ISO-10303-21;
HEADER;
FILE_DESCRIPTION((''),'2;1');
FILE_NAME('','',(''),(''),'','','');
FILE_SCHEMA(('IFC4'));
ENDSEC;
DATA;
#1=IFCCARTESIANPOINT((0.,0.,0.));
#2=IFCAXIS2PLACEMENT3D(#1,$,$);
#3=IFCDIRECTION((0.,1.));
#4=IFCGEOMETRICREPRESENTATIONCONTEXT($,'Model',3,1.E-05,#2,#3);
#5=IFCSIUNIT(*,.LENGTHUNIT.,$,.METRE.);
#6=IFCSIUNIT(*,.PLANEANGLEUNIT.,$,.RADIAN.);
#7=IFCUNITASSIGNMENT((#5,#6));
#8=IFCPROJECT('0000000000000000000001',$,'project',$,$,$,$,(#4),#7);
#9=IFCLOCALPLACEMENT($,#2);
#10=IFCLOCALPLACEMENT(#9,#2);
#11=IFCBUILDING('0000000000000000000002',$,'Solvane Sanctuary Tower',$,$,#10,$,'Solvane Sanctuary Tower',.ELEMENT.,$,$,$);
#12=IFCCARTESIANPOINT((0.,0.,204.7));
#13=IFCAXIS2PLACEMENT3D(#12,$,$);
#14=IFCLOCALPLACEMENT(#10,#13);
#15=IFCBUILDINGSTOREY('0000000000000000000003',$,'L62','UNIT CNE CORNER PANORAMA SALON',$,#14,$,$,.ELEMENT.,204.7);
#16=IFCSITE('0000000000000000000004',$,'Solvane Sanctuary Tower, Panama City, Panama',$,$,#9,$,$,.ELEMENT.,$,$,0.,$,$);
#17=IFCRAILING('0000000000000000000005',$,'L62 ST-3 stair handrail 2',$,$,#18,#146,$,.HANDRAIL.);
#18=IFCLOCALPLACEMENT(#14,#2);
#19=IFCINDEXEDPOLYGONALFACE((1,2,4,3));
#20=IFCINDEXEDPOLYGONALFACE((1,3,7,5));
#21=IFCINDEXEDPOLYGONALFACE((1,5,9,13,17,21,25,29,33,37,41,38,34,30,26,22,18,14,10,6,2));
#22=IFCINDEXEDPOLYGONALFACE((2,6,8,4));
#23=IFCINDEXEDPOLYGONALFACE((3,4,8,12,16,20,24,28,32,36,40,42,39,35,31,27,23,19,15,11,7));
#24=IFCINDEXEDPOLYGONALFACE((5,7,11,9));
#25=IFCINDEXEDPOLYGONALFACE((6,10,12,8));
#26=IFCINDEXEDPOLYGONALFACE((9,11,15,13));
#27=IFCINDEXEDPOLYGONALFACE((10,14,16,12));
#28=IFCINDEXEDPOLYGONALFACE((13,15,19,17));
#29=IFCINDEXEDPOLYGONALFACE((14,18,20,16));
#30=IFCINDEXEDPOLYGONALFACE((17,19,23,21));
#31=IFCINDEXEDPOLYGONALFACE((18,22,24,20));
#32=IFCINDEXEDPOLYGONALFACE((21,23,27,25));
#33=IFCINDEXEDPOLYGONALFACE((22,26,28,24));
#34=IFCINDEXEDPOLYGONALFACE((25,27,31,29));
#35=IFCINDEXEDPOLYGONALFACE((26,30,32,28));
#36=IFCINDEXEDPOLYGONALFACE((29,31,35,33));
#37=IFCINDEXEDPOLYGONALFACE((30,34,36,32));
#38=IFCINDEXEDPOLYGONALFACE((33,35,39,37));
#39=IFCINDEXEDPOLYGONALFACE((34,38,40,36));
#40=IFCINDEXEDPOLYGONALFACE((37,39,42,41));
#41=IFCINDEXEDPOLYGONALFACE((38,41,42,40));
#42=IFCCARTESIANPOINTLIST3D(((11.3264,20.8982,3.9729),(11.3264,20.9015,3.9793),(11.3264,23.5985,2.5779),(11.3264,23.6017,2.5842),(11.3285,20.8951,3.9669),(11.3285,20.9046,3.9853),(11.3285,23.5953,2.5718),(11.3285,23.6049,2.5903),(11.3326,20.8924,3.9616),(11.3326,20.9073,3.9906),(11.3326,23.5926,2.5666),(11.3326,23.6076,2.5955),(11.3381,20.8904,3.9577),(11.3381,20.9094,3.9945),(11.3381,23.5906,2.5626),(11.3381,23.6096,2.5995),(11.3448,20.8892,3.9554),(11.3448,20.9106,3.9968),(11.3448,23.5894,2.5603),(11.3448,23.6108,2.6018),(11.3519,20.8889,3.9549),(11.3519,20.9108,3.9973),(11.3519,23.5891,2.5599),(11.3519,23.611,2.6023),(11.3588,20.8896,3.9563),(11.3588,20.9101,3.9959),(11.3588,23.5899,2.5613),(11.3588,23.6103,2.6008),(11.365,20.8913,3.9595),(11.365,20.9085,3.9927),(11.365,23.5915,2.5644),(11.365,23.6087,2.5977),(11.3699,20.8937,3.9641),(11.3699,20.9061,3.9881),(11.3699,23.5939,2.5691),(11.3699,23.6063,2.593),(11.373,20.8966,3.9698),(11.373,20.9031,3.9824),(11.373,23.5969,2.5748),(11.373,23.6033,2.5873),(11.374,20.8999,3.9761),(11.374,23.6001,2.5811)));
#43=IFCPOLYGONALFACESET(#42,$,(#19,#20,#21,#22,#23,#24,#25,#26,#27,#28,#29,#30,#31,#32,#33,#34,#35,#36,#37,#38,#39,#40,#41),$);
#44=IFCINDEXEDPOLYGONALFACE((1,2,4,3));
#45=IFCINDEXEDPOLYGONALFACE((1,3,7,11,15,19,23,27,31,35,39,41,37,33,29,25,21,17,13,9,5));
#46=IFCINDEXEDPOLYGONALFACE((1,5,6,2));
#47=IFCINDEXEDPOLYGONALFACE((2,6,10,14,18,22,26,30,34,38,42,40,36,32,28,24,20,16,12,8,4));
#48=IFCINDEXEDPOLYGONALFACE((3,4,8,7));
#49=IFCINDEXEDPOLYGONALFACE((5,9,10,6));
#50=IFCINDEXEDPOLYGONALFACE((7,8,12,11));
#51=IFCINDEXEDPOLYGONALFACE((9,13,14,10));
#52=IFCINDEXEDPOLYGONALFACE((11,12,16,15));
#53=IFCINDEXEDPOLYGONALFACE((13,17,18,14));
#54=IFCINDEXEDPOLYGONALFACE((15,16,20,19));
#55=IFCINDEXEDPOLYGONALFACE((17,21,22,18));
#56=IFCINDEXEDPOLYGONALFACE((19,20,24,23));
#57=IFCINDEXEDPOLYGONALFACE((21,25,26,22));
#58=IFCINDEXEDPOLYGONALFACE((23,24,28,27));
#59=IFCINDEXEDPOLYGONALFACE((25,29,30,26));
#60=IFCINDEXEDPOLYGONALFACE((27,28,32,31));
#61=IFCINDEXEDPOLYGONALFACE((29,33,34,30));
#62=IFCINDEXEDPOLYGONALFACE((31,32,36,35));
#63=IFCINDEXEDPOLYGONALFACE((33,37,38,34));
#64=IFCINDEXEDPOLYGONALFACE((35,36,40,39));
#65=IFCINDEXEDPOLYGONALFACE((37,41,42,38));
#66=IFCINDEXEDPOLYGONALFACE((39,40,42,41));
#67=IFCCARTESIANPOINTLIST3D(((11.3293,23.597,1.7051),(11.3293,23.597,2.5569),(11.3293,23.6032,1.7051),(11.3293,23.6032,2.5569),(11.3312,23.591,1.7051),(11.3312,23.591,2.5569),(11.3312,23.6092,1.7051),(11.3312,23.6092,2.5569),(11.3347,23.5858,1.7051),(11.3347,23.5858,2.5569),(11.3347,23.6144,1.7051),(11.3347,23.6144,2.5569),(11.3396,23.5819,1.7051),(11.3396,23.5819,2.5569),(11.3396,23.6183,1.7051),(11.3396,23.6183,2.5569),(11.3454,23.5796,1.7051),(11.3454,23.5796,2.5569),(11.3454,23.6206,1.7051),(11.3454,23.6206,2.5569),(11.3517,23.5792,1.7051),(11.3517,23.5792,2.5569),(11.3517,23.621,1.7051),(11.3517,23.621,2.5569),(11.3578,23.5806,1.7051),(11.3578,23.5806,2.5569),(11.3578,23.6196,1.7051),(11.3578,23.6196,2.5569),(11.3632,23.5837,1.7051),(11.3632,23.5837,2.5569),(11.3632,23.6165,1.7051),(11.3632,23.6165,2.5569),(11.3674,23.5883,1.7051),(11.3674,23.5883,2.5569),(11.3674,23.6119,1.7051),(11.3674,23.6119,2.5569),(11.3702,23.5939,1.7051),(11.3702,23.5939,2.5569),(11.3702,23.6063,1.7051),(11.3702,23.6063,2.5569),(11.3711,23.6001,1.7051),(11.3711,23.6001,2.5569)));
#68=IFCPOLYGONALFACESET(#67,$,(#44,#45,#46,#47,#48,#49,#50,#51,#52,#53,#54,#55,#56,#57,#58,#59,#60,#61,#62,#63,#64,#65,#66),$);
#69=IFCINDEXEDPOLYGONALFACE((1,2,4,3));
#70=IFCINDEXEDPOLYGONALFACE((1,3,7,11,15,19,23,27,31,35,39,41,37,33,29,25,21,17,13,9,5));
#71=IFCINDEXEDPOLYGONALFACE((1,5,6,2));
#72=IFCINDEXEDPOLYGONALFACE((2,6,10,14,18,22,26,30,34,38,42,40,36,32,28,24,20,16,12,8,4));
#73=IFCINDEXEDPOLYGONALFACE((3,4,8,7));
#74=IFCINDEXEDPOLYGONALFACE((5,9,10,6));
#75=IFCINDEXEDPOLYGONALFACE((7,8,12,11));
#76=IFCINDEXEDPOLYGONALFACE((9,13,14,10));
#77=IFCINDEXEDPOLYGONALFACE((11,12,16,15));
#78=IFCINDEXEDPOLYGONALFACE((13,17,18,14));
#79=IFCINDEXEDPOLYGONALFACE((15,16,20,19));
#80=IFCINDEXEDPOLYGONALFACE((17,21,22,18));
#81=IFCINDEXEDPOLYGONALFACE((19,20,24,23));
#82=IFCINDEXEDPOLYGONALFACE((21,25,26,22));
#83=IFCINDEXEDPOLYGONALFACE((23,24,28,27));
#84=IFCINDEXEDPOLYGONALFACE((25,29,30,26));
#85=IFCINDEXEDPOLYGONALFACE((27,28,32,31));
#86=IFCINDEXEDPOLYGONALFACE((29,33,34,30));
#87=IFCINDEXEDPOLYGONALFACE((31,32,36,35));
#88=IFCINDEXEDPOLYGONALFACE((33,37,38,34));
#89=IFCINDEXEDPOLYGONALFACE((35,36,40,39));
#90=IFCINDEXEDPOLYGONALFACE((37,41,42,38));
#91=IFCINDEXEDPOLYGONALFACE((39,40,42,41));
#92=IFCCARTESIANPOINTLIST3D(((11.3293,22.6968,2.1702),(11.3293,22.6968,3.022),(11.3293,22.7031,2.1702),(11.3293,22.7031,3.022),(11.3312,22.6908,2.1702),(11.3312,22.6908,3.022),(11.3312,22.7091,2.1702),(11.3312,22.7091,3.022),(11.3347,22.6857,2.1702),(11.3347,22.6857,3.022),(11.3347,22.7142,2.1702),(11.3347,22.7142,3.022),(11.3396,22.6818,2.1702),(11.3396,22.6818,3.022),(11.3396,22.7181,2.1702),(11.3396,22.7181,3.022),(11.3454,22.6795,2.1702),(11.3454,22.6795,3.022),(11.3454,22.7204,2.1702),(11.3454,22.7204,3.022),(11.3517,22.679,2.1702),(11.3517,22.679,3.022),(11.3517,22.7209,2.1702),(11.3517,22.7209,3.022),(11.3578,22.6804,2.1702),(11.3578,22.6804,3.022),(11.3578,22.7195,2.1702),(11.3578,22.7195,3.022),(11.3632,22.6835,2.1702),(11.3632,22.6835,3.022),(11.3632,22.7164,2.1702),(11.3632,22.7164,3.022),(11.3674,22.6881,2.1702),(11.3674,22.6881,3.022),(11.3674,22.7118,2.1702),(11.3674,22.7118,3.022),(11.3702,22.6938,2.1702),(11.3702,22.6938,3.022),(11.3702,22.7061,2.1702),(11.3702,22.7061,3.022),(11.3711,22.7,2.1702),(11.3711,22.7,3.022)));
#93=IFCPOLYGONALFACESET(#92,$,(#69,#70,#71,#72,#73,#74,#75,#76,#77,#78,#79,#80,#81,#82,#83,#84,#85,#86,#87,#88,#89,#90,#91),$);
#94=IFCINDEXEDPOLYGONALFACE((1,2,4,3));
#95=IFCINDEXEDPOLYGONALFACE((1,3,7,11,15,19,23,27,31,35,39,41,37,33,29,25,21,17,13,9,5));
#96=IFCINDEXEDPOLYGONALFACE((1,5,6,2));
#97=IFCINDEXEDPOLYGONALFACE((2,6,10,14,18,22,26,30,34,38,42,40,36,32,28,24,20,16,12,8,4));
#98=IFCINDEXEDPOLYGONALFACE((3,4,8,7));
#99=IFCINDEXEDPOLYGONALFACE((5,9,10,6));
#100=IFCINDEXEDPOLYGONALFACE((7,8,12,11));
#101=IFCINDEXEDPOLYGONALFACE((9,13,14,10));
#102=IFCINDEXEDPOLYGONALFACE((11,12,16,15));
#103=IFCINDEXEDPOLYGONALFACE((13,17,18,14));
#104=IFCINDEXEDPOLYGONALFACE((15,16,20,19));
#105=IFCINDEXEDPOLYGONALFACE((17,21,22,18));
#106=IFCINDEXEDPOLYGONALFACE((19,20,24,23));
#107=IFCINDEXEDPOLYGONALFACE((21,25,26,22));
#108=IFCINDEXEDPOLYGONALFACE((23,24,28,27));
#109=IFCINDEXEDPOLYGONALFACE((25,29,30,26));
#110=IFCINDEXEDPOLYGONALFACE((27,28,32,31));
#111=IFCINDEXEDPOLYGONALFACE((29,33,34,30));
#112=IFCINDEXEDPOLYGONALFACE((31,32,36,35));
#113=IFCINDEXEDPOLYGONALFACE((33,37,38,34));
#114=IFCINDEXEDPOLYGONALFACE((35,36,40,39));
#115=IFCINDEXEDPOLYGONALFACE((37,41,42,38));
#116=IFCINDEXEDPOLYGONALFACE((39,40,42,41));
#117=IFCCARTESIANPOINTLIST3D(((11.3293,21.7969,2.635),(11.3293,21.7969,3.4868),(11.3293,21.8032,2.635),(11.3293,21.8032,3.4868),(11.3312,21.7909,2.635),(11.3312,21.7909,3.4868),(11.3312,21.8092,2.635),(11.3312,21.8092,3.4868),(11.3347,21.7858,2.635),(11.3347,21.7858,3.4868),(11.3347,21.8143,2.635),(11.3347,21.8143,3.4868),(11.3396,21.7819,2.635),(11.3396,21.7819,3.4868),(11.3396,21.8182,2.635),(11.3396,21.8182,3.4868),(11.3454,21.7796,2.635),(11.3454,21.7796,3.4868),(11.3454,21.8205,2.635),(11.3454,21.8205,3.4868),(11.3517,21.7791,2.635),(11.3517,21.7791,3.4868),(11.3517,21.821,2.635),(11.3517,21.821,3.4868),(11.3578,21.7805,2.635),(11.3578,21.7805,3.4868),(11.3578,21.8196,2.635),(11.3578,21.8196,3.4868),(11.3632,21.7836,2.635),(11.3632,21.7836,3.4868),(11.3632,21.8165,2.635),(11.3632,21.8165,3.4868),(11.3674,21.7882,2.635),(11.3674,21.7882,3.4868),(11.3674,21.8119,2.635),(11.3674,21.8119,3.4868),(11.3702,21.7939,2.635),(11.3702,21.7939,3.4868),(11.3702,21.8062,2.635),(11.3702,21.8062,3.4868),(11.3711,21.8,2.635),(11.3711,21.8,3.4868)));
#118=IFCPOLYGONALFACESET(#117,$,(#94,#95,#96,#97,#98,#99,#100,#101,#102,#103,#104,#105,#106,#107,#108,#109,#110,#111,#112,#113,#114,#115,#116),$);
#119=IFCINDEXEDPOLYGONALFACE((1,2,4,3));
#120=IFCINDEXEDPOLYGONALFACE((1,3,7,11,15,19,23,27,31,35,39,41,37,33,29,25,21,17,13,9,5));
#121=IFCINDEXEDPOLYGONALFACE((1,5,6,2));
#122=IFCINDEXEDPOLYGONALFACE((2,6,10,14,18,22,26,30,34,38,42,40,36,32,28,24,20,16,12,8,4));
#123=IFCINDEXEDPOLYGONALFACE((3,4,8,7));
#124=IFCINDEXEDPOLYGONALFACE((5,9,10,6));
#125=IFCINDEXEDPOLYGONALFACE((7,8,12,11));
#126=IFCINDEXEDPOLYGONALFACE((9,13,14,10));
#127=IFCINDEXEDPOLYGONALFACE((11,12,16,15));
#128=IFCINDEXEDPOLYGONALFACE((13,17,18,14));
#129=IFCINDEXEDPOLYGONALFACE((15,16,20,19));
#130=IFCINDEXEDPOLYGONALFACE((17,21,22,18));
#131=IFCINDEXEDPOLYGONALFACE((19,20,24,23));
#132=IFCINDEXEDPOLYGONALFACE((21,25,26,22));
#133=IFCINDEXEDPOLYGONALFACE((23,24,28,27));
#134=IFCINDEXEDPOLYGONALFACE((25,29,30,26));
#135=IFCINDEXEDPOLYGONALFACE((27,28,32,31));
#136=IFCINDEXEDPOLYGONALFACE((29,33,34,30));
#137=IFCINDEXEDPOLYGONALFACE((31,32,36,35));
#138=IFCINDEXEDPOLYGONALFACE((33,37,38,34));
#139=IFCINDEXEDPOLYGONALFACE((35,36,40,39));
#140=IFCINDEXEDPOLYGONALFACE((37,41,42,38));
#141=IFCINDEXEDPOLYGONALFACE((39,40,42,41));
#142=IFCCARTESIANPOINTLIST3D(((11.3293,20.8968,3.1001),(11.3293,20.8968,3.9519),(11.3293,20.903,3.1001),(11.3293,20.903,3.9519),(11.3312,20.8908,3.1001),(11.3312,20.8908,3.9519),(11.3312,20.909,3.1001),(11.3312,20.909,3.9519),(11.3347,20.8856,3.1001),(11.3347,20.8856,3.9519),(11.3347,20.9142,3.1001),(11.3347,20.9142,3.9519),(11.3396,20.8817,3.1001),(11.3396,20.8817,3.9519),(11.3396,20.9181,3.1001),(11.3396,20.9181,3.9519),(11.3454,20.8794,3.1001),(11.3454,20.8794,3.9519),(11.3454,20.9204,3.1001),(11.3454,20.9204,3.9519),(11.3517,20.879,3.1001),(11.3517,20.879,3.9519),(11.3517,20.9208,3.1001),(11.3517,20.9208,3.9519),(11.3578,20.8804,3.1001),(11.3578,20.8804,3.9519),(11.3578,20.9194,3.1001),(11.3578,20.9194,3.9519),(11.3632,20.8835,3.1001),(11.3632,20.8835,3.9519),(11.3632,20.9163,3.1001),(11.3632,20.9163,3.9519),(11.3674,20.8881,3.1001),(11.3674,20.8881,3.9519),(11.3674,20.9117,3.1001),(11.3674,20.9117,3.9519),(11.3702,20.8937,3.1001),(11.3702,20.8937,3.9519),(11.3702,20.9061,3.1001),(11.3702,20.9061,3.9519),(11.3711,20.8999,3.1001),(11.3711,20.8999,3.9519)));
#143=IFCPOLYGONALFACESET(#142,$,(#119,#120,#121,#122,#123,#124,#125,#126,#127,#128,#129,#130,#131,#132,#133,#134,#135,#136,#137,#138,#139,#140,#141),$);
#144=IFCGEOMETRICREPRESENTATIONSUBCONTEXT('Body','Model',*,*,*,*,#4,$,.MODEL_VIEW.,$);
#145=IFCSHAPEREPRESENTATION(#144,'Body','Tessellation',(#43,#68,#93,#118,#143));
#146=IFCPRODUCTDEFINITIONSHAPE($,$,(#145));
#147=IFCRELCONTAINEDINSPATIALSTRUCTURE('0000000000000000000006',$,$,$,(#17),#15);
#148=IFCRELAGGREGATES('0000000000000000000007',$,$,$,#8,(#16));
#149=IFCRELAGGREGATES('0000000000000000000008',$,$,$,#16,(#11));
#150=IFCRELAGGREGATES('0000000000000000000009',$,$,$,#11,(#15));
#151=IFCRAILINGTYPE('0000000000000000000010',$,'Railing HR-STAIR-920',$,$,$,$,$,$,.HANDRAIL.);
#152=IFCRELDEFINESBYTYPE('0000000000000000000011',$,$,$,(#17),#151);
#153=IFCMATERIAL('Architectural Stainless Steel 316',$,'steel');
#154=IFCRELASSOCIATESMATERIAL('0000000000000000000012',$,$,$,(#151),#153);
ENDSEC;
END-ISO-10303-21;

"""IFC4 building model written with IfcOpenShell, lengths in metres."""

from ifc_helpers import new_model, si_unit, direction, frame, origin, origin_2d, place, context, subcontext, project, spatial, circle, extrude, material, type_object, element, save


model = new_model("IFC4")

# Units and contexts
model_context = context("Model", 3, precision=1e-05, world=origin(), true_north=direction((0.0, 1.0)))
body_context = subcontext(model_context, "Body", "Model", "MODEL_VIEW")
ifc_project = project(units=[si_unit("LENGTHUNIT", "METRE"), si_unit("PLANEANGLEUNIT", "RADIAN")], contexts=[model_context])

# Site, building, storey
site_placement = place(None, origin())
site = spatial("IfcSite", under=ifc_project, at=site_placement, Name="Solvane Sanctuary Tower, Panama City, Panama", CompositionType="ELEMENT", RefElevation=0.0)
building_placement = place(site_placement, origin())
building = spatial("IfcBuilding", under=site, at=building_placement, Name="Solvane Sanctuary Tower", LongName="Solvane Sanctuary Tower", CompositionType="ELEMENT")
storey_placement = place(building_placement, frame((0.0, 0.0, 204.7)))
storey = spatial("IfcBuildingStorey", under=building, at=storey_placement, Name="L62", Description="UNIT CNE CORNER PANORAMA SALON", CompositionType="ELEMENT", Elevation=204.7)

# Railing
ifc_material_1 = material(Name="Architectural Stainless Steel 316", Category="steel")
railing_type_1 = type_object("IfcRailingType", Name="Railing HR-STAIR-920", PredefinedType="HANDRAIL", material=ifc_material_1)
railing_1_placement = place(storey_placement, frame((11.3501, 23.6001, 1.7051)))
element("IfcRailing", 1, at=railing_1_placement, inside=storey, type_object=railing_type_1, Name="L62 ST-3 stair handrail 2", PredefinedType="HANDRAIL", context=body_context, shape_type="SweptSolid", body=[
    extrude(circle(Radius=0.0239, at=origin_2d()), frame((0.0, 0.0, 0.876), z_axis=(0.0, -0.888437, 0.458999), x_axis=(1.0, 0.0, 0.0)), (0.0, 0.0, 1.0), 3.0393),
    extrude(circle(Radius=0.021, at=origin_2d()), origin(), (0.0, 0.0, 1.0), 0.8518),
    extrude(circle(Radius=0.021, at=origin_2d()), frame((0.0, -0.9001, 0.4651)), (0.0, 0.0, 1.0), 0.8518),
    extrude(circle(Radius=0.021, at=origin_2d()), frame((0.0, -1.8, 0.9299)), (0.0, 0.0, 1.0), 0.8518),
    extrude(circle(Radius=0.021, at=origin_2d()), frame((0.0, -2.7002, 1.395)), (0.0, 0.0, 1.0), 0.8518),
])

save(model, "model.ifc")
